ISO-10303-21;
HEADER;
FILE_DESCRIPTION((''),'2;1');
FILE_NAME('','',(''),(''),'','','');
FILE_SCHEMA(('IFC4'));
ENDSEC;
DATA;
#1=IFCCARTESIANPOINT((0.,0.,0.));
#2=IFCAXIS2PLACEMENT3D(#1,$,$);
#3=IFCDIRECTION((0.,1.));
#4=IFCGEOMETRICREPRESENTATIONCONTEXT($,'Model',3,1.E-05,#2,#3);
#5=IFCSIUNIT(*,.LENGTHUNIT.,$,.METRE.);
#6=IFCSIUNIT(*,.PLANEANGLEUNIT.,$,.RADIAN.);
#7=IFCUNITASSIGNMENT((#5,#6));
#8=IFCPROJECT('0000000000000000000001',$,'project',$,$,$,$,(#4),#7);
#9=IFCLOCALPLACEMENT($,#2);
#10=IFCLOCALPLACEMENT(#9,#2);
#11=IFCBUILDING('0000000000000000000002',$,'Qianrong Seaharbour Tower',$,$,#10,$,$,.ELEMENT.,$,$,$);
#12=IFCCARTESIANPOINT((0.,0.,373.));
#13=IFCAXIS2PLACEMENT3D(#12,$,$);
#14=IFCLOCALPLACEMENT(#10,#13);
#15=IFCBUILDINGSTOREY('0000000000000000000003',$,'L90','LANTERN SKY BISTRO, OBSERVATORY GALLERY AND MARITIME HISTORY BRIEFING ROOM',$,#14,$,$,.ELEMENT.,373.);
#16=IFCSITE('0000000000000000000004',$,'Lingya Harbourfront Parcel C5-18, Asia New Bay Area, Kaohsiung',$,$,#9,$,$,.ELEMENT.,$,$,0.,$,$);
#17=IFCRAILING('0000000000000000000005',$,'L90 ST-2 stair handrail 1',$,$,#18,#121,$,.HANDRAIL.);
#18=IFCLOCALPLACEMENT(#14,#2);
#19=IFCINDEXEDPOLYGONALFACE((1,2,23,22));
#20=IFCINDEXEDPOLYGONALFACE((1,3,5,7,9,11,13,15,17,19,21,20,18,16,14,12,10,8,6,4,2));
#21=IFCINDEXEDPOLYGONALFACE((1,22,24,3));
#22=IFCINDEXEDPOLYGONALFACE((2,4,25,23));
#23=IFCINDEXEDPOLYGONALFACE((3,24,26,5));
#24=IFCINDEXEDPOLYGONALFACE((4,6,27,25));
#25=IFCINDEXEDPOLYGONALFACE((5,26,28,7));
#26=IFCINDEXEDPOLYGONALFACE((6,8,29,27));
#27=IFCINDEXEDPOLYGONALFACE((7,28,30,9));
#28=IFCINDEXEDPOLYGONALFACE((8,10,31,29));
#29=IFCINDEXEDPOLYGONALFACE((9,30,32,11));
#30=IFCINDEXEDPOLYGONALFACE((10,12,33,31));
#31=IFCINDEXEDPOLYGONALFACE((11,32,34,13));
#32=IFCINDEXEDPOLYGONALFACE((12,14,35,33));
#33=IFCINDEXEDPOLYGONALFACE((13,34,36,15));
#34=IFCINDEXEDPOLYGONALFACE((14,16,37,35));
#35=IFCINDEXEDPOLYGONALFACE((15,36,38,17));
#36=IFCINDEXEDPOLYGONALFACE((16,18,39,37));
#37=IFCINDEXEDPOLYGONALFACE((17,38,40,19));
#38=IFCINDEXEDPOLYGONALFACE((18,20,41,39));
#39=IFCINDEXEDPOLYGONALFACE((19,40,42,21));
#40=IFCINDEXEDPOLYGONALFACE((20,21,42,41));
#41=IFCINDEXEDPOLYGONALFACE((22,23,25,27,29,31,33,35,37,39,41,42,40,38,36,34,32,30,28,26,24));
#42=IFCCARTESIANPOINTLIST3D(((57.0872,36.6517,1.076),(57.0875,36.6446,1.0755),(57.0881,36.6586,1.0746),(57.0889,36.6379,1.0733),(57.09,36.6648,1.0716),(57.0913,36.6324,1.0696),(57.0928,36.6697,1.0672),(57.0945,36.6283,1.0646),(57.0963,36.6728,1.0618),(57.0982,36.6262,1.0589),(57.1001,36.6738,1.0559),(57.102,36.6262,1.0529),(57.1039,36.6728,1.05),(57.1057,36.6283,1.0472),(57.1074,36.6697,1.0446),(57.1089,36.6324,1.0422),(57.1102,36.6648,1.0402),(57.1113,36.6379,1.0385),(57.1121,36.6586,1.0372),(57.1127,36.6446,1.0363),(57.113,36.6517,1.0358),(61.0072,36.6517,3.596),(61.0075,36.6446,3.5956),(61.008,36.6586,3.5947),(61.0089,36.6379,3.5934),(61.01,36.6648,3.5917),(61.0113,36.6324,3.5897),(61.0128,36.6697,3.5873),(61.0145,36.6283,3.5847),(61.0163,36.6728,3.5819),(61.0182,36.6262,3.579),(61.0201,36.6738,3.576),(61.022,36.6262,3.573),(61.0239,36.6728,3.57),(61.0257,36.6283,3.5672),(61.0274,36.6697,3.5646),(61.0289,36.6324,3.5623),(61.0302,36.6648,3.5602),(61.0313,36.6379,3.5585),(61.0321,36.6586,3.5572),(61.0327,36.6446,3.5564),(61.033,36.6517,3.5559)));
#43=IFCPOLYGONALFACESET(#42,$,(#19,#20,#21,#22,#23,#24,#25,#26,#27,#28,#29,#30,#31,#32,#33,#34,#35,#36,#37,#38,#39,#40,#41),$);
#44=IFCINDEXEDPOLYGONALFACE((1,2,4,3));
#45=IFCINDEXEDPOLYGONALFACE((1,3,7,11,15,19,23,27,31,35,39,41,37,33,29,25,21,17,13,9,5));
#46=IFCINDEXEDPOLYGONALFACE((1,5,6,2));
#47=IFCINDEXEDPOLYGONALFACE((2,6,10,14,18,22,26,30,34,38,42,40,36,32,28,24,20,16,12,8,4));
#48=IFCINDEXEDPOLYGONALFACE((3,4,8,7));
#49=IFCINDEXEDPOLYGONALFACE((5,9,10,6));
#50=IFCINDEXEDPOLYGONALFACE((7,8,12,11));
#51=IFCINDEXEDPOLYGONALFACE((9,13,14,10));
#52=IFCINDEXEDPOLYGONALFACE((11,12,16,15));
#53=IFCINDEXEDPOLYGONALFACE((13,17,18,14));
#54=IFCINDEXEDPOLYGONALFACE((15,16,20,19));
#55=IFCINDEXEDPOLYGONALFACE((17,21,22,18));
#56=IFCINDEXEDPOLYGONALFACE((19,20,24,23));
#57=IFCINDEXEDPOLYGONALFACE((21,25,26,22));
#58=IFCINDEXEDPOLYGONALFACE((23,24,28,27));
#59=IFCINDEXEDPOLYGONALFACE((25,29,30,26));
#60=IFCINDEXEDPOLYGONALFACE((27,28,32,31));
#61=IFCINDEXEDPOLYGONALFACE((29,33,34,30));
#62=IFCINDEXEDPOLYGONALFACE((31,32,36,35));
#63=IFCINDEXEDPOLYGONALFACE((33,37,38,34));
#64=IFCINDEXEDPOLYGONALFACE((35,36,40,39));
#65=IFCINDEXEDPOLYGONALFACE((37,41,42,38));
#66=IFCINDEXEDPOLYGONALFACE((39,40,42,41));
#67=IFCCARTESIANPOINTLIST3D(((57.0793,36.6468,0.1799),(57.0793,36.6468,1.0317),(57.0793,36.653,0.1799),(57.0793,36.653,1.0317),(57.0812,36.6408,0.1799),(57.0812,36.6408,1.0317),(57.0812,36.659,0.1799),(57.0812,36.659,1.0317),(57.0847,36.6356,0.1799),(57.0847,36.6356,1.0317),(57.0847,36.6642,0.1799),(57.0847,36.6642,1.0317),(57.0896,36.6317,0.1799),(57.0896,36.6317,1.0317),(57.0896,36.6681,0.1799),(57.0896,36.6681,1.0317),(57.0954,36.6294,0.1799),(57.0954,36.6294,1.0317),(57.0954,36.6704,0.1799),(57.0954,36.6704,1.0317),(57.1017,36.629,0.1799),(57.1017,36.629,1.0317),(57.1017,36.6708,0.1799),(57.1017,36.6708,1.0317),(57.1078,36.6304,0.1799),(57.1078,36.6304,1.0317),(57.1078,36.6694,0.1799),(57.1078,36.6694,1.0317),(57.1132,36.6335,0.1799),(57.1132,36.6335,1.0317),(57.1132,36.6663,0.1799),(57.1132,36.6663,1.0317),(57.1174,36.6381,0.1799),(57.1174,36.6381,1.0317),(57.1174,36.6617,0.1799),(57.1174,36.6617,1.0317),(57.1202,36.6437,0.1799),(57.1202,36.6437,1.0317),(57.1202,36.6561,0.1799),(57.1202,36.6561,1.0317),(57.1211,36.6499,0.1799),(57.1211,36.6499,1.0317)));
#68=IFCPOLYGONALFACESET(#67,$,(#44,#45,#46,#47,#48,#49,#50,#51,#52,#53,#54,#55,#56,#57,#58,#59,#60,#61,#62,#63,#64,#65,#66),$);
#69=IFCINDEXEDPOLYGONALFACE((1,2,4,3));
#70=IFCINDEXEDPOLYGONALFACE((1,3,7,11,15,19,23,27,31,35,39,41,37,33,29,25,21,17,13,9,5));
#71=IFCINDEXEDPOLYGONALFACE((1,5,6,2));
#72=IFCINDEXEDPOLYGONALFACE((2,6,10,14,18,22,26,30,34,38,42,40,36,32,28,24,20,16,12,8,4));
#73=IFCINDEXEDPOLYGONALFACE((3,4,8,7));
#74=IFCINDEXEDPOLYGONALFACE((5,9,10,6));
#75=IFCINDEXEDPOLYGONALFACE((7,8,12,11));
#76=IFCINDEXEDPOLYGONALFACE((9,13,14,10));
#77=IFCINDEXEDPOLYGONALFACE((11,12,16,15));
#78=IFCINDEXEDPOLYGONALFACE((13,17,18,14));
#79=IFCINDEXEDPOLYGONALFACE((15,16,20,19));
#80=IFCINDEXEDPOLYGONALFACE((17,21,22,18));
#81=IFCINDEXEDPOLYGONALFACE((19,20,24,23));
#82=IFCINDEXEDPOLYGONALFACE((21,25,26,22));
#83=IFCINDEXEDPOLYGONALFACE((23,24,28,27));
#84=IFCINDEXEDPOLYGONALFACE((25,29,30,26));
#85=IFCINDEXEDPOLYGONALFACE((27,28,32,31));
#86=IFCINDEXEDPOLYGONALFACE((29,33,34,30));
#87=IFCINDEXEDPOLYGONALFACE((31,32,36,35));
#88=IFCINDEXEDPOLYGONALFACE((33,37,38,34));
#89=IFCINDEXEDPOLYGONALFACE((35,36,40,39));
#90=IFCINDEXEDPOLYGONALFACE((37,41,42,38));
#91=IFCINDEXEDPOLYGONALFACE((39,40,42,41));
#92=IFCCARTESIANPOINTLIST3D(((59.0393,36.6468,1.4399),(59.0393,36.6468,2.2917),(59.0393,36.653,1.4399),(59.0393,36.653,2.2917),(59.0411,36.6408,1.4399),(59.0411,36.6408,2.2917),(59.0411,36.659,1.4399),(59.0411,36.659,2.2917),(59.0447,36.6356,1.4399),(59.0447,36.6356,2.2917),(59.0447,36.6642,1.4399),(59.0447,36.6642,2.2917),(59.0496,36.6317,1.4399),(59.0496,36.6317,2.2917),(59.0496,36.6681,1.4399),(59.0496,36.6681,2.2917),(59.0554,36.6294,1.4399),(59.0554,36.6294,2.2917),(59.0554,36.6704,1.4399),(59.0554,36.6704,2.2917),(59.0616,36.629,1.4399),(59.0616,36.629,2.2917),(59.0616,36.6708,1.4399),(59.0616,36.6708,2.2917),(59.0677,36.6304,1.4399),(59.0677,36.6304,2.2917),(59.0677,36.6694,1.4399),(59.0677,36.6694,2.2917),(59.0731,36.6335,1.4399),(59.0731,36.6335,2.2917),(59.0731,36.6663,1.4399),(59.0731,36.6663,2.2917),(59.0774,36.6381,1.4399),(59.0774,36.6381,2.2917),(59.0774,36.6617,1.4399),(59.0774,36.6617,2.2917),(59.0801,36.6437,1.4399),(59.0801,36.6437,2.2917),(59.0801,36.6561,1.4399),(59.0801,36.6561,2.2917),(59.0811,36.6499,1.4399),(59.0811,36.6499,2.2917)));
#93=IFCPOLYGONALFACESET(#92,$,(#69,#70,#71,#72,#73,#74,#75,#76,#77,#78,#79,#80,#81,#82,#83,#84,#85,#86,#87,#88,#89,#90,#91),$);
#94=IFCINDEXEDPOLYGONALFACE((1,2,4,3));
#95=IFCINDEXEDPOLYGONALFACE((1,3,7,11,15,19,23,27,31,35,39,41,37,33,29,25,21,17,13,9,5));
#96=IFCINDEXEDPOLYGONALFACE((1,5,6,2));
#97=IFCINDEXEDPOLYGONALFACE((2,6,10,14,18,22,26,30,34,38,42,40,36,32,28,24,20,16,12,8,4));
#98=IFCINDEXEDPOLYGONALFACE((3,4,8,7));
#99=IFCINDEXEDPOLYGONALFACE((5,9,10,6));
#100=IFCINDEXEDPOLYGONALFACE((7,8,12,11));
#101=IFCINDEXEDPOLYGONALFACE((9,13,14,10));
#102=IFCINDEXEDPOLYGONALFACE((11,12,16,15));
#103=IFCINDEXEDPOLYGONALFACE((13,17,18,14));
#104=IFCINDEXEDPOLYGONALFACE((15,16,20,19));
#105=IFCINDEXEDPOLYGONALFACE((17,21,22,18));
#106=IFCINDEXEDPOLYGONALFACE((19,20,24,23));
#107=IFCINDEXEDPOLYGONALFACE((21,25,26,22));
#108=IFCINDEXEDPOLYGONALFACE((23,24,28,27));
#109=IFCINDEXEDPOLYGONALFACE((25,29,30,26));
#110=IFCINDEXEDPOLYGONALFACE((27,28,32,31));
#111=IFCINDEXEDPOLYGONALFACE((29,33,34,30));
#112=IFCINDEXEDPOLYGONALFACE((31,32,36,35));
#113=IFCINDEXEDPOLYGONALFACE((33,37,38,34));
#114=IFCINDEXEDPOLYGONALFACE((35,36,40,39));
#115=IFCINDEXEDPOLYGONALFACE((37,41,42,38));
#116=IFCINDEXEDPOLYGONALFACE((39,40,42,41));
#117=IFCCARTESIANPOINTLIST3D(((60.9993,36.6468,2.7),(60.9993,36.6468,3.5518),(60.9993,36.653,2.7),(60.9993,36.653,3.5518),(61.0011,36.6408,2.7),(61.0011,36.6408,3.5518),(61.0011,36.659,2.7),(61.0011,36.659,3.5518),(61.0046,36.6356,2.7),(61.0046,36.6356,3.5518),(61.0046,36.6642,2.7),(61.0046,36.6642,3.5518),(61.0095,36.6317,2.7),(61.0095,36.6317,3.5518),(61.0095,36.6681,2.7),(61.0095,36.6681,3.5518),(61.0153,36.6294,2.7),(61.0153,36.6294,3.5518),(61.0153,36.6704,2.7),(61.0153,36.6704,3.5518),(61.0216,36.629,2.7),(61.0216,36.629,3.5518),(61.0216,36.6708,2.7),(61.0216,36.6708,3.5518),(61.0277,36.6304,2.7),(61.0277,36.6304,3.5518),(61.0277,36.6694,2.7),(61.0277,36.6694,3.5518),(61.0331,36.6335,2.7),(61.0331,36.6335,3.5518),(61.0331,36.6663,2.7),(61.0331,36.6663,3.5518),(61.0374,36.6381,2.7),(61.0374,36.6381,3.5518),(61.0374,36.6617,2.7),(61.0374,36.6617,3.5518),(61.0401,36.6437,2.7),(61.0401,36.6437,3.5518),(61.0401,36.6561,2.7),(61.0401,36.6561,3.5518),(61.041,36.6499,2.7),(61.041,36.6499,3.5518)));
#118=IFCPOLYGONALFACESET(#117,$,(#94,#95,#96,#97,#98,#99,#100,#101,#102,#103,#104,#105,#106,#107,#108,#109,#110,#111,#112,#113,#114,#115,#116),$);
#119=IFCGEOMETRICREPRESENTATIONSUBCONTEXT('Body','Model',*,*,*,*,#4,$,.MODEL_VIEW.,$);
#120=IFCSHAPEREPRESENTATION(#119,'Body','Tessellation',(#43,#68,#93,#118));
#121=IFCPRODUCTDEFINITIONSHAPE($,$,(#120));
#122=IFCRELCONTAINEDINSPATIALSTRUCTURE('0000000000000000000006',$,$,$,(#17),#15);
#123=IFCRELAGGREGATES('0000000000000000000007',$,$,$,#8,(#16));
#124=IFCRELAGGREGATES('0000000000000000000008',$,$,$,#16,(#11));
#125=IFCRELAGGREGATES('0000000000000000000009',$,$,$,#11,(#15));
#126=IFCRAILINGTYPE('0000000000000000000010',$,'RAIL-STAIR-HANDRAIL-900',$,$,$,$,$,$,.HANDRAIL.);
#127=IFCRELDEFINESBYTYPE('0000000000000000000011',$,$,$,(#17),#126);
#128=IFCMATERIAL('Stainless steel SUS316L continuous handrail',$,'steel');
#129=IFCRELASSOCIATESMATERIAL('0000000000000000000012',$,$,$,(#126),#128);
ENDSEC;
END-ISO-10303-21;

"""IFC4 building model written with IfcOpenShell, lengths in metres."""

from ifc_helpers import new_model, si_unit, direction, frame, origin, origin_2d, place, context, subcontext, project, spatial, circle, extrude, material, type_object, element, save


model = new_model("IFC4")

# Units and contexts
model_context = context("Model", 3, precision=1e-05, world=origin(), true_north=direction((0.0, 1.0)))
body_context = subcontext(model_context, "Body", "Model", "MODEL_VIEW")
ifc_project = project(units=[si_unit("LENGTHUNIT", "METRE"), si_unit("PLANEANGLEUNIT", "RADIAN")], contexts=[model_context])

# Site, building, storey
site_placement = place(None, origin())
site = spatial("IfcSite", under=ifc_project, at=site_placement, Name="Lingya Harbourfront Parcel C5-18, Asia New Bay Area, Kaohsiung", CompositionType="ELEMENT", RefElevation=0.0)
building_placement = place(site_placement, origin())
building = spatial("IfcBuilding", under=site, at=building_placement, Name="Qianrong Seaharbour Tower", CompositionType="ELEMENT")
storey_placement = place(building_placement, frame((0.0, 0.0, 373.0)))
storey = spatial("IfcBuildingStorey", under=building, at=storey_placement, Name="L90", Description="LANTERN SKY BISTRO, OBSERVATORY GALLERY AND MARITIME HISTORY BRIEFING ROOM", CompositionType="ELEMENT", Elevation=373.0)

# Railing
ifc_material_1 = material(Name="Stainless steel SUS316L continuous handrail", Category="steel")
railing_type_1 = type_object("IfcRailingType", Name="RAIL-STAIR-HANDRAIL-900", PredefinedType="HANDRAIL", material=ifc_material_1)
railing_1_placement = place(storey_placement, frame((57.1001, 36.6499, 0.1799)))
element("IfcRailing", 1, at=railing_1_placement, inside=storey, type_object=railing_type_1, Name="L90 ST-2 stair handrail 1", PredefinedType="HANDRAIL", context=body_context, shape_type="SweptSolid", body=[
    extrude(circle(Radius=0.0239, at=origin_2d()), frame((0.0, 0.0, 0.876), z_axis=(0.841172, 0.0, 0.540768), x_axis=(0.0, 1.0, 0.0)), (0.0, 0.0, 1.0), 4.6602),
    extrude(circle(Radius=0.021, at=origin_2d()), origin(), (0.0, 0.0, 1.0), 0.8518),
    extrude(circle(Radius=0.021, at=origin_2d()), frame((1.96, 0.0, 1.26)), (0.0, 0.0, 1.0), 0.8518),
    extrude(circle(Radius=0.021, at=origin_2d()), frame((3.9199, 0.0, 2.52)), (0.0, 0.0, 1.0), 0.8518),
])

save(model, "model.ifc")
